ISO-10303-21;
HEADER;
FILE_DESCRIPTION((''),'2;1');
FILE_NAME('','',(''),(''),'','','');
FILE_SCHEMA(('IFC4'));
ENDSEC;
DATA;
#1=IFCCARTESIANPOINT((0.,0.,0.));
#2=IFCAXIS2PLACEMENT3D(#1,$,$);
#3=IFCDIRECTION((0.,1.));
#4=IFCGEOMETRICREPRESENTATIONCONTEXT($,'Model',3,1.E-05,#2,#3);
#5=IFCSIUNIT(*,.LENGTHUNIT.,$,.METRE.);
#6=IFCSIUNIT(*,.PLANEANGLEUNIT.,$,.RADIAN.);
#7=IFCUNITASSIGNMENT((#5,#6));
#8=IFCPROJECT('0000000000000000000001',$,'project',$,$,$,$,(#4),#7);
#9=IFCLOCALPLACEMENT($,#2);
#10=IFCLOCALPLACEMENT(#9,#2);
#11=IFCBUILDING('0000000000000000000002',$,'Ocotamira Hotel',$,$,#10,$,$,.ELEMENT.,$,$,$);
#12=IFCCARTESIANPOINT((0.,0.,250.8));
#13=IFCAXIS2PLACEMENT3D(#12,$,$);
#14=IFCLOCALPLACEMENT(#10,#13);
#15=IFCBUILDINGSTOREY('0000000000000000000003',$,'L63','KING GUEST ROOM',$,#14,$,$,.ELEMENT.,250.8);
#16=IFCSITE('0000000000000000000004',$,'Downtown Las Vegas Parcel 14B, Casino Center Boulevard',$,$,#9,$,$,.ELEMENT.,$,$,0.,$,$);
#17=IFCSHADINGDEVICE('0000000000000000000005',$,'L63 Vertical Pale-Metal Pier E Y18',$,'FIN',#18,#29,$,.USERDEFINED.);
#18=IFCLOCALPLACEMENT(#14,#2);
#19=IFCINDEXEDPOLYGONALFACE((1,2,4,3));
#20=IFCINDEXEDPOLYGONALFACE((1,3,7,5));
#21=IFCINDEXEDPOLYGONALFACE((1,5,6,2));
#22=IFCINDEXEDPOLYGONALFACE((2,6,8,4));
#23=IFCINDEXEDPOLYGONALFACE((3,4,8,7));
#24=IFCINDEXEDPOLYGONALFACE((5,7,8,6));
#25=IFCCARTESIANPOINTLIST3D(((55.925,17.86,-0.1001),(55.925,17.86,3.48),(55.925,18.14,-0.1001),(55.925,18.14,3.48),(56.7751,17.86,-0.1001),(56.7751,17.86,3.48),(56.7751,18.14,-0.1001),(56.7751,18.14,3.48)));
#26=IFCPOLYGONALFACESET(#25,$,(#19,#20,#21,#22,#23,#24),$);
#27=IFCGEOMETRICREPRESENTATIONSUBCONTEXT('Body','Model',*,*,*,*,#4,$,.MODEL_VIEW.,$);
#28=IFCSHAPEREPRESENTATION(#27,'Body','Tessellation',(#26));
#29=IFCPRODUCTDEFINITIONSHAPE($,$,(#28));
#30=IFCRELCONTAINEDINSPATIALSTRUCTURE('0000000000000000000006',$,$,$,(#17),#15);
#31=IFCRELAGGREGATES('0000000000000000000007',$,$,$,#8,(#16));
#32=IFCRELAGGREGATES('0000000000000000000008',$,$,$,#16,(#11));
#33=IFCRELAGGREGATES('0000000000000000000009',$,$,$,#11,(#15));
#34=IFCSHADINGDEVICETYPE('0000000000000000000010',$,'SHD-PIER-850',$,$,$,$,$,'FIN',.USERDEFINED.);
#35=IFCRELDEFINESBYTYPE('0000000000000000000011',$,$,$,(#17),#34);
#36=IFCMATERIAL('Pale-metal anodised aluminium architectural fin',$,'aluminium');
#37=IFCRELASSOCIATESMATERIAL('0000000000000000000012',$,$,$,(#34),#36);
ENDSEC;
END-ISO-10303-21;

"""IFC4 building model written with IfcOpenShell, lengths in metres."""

from ifc_helpers import new_model, si_unit, direction, frame, origin, origin_2d, place, context, subcontext, project, spatial, rectangle, extrude, source, transform, mapped, material, type_object, element, save


model = new_model("IFC4")

# Units and contexts
model_context = context("Model", 3, precision=1e-05, world=origin(), true_north=direction((0.0, 1.0)))
body_context = subcontext(model_context, "Body", "Model", "MODEL_VIEW")
ifc_project = project(units=[si_unit("LENGTHUNIT", "METRE"), si_unit("PLANEANGLEUNIT", "RADIAN")], contexts=[model_context])

# Site, building, storey
site_placement = place(None, origin())
site = spatial("IfcSite", under=ifc_project, at=site_placement, Name="Downtown Las Vegas Parcel 14B, Casino Center Boulevard", CompositionType="ELEMENT", RefElevation=0.0)
building_placement = place(site_placement, origin())
building = spatial("IfcBuilding", under=site, at=building_placement, Name="Ocotamira Hotel", CompositionType="ELEMENT")
storey_placement = place(building_placement, frame((0.0, 0.0, 250.8)))
storey = spatial("IfcBuildingStorey", under=building, at=storey_placement, Name="L63", Description="KING GUEST ROOM", CompositionType="ELEMENT", Elevation=250.8)

# Shading device
ifc_material_1 = material(Name="Pale-metal anodised aluminium architectural fin", Category="aluminium")
shading_device_type = type_object("IfcShadingDeviceType", Name="SHD-PIER-850", ElementType="FIN", PredefinedType="USERDEFINED", material=ifc_material_1)
shared_shape_1 = source(origin(), body_context, "Body", "SweptSolid", [
    extrude(rectangle(XDim=0.8501, YDim=0.28, at=origin_2d()), origin(), (0.0, 0.0, 1.0), 3.5801),
])
for number, where, z_axis, x_axis, name in (
    (1, (56.3501, 18.0, -0.1001), (0.0, 0.0, 1.0), (1.0, 0.0, 0.0), "L63 Vertical Pale-Metal Pier E Y18"),
):
    element("IfcShadingDevice", number, at=place(storey_placement, frame(where, z_axis=z_axis, x_axis=x_axis)), inside=storey, type_object=shading_device_type, Name=name, ObjectType="FIN", PredefinedType="USERDEFINED", context=body_context, shape_type="MappedRepresentation", body=[
        mapped(shared_shape_1, transform((0.0, 0.0, 0.0), scale=1.0)),
    ])

save(model, "model.ifc")
